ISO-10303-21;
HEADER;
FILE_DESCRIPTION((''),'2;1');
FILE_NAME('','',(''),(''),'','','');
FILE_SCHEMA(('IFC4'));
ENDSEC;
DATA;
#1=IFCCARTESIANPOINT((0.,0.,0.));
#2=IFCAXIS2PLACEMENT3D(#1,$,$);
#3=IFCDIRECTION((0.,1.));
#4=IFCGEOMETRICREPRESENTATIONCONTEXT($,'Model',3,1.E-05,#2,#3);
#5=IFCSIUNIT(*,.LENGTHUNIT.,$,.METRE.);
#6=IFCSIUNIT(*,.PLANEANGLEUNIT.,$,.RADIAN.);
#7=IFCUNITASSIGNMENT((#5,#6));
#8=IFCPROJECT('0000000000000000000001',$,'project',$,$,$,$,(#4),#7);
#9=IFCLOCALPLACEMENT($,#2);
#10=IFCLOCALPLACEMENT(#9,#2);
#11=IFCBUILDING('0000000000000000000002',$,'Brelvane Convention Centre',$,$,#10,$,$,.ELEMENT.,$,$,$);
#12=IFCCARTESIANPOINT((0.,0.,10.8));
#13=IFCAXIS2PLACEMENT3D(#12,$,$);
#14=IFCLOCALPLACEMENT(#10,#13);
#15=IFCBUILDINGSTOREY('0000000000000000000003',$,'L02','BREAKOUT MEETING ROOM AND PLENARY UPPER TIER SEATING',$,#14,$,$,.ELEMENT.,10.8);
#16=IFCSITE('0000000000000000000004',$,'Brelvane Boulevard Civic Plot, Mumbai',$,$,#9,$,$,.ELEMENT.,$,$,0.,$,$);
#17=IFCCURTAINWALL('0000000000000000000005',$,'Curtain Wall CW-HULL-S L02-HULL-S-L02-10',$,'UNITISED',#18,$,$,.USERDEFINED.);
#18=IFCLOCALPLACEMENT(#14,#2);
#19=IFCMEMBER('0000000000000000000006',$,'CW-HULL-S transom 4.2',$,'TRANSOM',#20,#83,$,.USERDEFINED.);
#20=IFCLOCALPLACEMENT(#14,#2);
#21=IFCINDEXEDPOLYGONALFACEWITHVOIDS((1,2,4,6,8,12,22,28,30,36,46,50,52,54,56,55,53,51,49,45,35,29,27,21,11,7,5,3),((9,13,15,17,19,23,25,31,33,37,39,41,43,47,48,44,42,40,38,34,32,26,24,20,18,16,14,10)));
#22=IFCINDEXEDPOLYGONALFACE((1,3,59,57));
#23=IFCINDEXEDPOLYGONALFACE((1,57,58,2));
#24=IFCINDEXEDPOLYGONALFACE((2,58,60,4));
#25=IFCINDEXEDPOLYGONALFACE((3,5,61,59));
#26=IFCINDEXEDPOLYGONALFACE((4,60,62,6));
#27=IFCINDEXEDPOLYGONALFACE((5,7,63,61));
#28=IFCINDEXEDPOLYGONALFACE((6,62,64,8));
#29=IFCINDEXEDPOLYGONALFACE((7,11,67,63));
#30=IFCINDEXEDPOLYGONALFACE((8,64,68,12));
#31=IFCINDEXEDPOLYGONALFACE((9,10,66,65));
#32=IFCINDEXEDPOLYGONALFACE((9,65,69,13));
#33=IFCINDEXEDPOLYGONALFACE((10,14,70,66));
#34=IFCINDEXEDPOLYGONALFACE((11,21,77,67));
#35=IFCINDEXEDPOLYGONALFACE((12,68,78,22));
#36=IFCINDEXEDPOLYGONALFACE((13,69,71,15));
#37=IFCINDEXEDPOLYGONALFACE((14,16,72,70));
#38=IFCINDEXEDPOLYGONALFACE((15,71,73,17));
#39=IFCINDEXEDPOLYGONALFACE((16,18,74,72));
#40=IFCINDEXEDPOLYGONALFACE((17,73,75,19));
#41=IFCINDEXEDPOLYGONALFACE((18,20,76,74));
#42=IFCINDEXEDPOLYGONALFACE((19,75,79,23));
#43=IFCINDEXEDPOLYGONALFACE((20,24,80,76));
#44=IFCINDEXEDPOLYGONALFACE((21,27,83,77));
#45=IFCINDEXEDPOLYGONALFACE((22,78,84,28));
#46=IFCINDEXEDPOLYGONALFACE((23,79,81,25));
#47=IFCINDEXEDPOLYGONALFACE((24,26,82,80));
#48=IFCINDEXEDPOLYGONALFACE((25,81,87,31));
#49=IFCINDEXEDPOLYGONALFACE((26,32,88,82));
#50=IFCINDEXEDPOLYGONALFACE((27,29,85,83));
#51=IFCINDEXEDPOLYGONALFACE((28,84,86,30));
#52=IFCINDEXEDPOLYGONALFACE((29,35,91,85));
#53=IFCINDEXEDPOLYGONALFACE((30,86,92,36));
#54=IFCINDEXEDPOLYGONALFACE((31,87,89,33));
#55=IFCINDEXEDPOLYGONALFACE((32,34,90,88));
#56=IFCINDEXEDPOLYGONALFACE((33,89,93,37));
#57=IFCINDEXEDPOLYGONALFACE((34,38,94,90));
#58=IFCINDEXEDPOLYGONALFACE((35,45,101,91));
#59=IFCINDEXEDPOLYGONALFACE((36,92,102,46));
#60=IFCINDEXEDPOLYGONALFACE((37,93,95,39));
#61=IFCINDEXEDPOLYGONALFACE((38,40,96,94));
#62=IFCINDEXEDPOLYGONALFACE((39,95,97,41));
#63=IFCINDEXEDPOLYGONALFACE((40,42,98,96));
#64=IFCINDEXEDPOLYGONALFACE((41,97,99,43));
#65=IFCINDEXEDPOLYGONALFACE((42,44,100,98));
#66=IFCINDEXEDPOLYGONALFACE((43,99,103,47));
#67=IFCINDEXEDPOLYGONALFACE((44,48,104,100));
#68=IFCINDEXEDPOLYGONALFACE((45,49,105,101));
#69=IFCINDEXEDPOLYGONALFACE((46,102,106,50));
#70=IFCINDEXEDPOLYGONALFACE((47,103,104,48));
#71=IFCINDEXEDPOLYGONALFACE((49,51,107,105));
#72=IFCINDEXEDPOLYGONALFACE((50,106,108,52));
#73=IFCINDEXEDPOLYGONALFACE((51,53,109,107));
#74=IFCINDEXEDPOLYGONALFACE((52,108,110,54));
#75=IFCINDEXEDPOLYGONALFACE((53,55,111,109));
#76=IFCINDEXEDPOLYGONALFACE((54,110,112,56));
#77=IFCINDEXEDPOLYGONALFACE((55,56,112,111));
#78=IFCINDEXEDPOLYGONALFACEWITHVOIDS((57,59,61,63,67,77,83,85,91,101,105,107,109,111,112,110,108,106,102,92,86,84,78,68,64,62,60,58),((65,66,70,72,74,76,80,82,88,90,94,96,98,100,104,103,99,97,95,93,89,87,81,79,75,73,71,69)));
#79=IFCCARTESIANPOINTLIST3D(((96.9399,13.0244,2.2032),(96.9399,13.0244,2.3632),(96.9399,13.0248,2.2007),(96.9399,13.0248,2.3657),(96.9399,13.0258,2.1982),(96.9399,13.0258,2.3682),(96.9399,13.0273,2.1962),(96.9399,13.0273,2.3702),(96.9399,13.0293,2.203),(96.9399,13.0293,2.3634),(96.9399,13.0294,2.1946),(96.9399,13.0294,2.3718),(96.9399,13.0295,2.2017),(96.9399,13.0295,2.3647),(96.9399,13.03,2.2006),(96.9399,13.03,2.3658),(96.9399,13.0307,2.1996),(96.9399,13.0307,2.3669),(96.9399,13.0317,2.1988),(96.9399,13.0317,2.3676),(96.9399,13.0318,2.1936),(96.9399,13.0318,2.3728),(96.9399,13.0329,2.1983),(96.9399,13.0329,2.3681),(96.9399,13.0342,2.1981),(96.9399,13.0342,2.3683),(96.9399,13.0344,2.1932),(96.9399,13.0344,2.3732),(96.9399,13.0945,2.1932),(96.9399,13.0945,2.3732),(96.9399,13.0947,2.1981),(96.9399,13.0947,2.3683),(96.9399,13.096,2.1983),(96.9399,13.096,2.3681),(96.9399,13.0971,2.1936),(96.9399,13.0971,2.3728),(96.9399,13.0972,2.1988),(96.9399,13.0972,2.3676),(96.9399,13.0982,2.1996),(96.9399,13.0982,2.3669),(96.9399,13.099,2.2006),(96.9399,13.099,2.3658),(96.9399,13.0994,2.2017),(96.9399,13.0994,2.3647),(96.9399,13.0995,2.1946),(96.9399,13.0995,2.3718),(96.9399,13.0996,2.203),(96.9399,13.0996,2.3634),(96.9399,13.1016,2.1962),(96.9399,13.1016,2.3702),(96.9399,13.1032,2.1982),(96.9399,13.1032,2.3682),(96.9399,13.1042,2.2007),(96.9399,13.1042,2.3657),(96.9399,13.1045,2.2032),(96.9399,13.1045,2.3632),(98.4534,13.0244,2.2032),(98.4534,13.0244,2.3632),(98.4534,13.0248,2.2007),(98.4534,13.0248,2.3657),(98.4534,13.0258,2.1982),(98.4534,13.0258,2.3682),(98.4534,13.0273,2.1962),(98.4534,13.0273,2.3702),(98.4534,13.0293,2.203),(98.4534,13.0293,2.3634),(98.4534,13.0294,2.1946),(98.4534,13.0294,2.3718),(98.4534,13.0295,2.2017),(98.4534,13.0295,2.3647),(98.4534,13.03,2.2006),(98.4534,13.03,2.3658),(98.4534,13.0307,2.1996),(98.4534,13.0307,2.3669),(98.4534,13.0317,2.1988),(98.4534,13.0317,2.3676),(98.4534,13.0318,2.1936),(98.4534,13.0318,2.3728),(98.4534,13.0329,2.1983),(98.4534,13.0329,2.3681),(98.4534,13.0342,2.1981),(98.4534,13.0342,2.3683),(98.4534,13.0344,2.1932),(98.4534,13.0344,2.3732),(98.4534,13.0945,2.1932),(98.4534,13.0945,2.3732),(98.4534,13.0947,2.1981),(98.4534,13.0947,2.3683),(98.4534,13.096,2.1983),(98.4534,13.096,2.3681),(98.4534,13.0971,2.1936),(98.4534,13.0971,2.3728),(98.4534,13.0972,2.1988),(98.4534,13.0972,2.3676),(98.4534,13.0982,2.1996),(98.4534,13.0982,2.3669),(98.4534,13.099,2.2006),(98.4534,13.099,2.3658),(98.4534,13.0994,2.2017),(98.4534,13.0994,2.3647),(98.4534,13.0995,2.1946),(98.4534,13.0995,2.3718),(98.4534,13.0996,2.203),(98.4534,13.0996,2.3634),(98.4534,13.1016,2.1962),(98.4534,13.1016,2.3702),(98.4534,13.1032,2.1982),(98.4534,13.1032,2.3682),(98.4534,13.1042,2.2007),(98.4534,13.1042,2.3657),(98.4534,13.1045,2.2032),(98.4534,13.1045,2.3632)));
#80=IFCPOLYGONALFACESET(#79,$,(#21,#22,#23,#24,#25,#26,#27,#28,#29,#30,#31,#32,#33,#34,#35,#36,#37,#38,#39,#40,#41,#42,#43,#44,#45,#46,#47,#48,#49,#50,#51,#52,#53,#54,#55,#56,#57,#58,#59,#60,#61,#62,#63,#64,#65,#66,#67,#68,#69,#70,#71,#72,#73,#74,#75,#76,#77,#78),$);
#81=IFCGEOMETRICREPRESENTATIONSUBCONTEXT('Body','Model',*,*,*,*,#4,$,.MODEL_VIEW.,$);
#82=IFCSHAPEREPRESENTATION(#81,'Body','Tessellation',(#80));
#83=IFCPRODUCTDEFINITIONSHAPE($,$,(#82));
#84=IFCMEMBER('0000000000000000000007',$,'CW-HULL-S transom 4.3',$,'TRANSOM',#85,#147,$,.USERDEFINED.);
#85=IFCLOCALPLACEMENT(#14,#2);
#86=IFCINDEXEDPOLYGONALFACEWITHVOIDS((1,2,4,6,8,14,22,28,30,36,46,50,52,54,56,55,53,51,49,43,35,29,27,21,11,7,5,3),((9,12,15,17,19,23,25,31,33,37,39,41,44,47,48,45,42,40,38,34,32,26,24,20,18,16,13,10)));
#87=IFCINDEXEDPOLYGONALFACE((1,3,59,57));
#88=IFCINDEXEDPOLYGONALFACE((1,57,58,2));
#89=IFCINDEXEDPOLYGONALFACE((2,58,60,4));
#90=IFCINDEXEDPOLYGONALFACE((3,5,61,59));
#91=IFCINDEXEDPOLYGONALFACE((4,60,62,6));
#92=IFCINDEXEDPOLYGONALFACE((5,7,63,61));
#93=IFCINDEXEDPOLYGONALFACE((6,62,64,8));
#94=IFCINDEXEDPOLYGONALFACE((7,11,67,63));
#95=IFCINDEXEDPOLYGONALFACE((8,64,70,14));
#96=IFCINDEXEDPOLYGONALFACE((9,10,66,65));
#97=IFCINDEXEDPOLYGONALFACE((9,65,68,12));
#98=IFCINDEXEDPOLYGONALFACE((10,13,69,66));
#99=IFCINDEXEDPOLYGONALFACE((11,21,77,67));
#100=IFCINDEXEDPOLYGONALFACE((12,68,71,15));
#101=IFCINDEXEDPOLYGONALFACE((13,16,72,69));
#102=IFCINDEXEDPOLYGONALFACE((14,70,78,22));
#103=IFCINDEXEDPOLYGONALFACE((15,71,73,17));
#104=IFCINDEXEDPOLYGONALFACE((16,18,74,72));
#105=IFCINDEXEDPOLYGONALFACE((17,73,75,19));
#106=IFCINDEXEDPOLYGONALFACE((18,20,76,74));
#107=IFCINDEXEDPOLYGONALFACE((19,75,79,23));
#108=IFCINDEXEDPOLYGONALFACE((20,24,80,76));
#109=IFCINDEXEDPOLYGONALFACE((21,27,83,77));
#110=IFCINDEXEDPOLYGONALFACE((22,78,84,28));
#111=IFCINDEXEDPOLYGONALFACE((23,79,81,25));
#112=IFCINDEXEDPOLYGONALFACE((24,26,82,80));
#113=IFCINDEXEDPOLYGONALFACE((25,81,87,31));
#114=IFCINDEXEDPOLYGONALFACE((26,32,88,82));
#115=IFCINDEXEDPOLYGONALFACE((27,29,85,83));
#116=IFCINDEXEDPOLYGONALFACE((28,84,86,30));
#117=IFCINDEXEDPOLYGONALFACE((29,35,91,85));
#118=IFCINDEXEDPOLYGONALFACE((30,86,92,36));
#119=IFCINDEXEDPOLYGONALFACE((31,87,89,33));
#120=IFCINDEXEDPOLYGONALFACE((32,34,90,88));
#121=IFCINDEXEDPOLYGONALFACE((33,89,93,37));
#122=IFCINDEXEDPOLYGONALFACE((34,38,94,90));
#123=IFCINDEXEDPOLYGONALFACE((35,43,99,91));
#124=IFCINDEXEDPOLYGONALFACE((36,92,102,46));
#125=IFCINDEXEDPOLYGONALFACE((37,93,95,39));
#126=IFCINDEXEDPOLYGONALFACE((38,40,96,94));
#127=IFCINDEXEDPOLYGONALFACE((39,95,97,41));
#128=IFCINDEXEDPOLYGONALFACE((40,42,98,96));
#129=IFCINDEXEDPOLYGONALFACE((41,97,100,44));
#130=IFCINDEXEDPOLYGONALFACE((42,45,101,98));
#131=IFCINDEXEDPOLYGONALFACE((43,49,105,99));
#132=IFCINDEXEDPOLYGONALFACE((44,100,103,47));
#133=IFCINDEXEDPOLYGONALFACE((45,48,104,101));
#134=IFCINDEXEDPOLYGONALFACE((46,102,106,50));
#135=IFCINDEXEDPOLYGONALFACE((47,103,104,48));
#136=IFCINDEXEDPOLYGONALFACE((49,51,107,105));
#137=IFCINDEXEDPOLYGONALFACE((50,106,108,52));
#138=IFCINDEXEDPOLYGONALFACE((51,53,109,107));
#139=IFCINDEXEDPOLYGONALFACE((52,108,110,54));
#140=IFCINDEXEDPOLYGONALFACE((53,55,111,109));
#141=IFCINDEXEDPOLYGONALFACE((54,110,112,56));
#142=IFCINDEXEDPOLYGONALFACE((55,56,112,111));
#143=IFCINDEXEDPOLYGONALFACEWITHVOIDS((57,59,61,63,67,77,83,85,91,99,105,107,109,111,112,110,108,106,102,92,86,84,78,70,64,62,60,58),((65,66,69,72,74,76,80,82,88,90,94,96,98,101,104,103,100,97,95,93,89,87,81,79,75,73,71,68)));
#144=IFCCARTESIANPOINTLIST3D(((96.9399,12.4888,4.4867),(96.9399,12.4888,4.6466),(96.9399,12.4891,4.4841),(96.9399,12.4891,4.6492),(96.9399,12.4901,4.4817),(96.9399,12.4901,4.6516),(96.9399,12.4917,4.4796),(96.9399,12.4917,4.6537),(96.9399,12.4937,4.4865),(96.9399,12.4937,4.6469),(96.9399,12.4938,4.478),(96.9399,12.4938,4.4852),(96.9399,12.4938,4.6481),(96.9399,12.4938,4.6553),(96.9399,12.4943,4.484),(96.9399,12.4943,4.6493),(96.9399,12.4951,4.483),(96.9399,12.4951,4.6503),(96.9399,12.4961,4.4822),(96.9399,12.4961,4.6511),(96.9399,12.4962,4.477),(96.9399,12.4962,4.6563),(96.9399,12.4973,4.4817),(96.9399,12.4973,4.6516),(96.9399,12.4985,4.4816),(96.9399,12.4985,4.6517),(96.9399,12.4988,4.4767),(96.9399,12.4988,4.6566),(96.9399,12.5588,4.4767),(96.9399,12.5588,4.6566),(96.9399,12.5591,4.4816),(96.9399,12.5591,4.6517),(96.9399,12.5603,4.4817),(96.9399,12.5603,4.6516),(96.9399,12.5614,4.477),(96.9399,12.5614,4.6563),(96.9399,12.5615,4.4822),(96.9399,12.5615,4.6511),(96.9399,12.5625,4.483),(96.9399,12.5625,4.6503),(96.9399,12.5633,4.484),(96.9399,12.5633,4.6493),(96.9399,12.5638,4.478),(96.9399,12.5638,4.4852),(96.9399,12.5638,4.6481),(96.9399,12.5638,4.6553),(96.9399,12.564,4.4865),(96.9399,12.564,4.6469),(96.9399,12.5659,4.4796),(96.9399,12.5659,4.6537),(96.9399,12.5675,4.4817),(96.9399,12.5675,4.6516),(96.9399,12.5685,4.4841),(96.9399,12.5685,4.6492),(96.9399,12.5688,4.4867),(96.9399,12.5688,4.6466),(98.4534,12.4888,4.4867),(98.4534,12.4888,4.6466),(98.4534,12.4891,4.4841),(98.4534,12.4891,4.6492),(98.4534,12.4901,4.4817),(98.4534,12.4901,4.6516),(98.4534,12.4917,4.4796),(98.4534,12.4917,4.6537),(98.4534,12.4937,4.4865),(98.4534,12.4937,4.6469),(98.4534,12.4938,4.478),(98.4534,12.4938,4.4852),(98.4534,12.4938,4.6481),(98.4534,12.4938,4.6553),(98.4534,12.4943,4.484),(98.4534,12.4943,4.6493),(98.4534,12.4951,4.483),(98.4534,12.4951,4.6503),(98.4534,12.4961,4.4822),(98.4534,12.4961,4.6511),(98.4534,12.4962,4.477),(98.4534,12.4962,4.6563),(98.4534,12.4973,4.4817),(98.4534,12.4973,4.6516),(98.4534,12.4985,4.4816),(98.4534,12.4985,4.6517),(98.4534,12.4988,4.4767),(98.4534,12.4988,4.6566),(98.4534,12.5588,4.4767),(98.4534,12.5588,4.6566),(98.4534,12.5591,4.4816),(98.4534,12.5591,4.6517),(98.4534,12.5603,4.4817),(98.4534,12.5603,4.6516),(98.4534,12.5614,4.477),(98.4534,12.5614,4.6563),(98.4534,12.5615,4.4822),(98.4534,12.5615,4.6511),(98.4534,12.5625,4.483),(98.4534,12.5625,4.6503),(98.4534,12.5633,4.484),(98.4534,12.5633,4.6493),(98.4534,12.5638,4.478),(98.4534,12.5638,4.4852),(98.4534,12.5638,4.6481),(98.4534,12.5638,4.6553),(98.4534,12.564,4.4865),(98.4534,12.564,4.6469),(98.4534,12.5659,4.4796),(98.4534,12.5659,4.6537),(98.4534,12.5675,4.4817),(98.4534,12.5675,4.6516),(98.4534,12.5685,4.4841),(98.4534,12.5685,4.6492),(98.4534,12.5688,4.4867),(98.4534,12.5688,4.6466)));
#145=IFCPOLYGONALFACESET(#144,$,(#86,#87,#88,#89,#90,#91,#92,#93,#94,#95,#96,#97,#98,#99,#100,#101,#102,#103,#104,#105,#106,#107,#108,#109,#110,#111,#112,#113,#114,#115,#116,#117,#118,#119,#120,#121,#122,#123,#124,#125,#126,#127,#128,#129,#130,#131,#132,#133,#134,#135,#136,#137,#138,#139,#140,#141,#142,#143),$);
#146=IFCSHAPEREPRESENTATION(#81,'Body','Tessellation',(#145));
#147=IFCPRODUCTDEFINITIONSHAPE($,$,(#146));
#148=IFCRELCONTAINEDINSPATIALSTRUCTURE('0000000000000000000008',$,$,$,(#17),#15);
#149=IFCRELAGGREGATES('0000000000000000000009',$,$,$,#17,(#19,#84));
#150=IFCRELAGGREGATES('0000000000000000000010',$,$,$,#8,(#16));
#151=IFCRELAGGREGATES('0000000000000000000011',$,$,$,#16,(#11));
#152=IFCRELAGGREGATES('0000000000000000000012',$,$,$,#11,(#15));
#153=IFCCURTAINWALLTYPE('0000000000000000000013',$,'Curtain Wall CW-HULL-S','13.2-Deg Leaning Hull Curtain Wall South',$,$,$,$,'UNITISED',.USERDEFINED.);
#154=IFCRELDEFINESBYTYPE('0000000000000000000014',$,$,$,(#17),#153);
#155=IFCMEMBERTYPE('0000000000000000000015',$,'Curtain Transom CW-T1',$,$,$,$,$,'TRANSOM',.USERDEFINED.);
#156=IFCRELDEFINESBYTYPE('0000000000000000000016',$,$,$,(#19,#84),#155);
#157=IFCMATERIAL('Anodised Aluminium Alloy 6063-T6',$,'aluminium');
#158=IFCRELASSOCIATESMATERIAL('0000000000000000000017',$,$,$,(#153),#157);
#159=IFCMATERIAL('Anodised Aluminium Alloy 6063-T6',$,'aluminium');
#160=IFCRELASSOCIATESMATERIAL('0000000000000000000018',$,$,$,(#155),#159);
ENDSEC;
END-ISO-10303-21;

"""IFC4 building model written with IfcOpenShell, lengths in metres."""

from ifc_helpers import new_model, si_unit, direction, frame, origin, origin_2d, place, context, subcontext, project, spatial, hollow_rectangle, extrude, material, material_profile, profile_set, type_object, element, aggregate, save


model = new_model("IFC4")

# Units and contexts
model_context = context("Model", 3, precision=1e-05, world=origin(), true_north=direction((0.0, 1.0)))
body_context = subcontext(model_context, "Body", "Model", "MODEL_VIEW")
ifc_project = project(units=[si_unit("LENGTHUNIT", "METRE"), si_unit("PLANEANGLEUNIT", "RADIAN")], contexts=[model_context])

# Site, building, storey
site_placement = place(None, origin())
site = spatial("IfcSite", under=ifc_project, at=site_placement, Name="Brelvane Boulevard Civic Plot, Mumbai", CompositionType="ELEMENT", RefElevation=0.0)
building_placement = place(site_placement, origin())
building = spatial("IfcBuilding", under=site, at=building_placement, Name="Brelvane Convention Centre", CompositionType="ELEMENT")
storey_placement = place(building_placement, frame((0.0, 0.0, 10.8)))
storey = spatial("IfcBuildingStorey", under=building, at=storey_placement, Name="L02", Description="BREAKOUT MEETING ROOM AND PLENARY UPPER TIER SEATING", CompositionType="ELEMENT", Elevation=10.8)

# Curtain wall, members
ifc_material_1 = material(Name="Anodised Aluminium Alloy 6063-T6", Category="aluminium")
curtain_wall_type = type_object("IfcCurtainWallType", Name="Curtain Wall CW-HULL-S", Description="13.2-Deg Leaning Hull Curtain Wall South", ElementType="UNITISED", PredefinedType="USERDEFINED", material=ifc_material_1)
curtain_wall_1_placement = place(storey_placement, origin())
curtain_wall_1 = element("IfcCurtainWall", 1, at=curtain_wall_1_placement, inside=storey, type_object=curtain_wall_type, Name="Curtain Wall CW-HULL-S L02-HULL-S-L02-10", ObjectType="UNITISED", PredefinedType="USERDEFINED")
ifc_material_2 = material(Name="Anodised Aluminium Alloy 6063-T6", Category="aluminium")
ifc_material_profile = material_profile(ifc_material_2, hollow_rectangle(XDim=0.0801, YDim=0.1799, WallThickness=0.0049, InnerFilletRadius=0.0049, OuterFilletRadius=0.01, at=origin_2d()), Name="ALU-T 180x80x5.0")
ifc_profile_set = profile_set([ifc_material_profile], Name="Anodised Aluminium Alloy 6063-T6")
member_type = type_object("IfcMemberType", Name="Curtain Transom CW-T1", ElementType="TRANSOM", PredefinedType="USERDEFINED", material=ifc_profile_set)
member_1_placement = place(storey_placement, frame((96.9399, 13.0645, 2.2832), z_axis=(1.0, 0.0, 0.0), x_axis=(0.0, 1.0, 0.0)))
member_1 = element("IfcMember", 2, at=member_1_placement, type_object=member_type, Name="CW-HULL-S transom 4.2", ObjectType="TRANSOM", PredefinedType="USERDEFINED", context=body_context, shape_type="SweptSolid", body=[
    extrude(hollow_rectangle(XDim=0.0801, YDim=0.1799, WallThickness=0.0049, InnerFilletRadius=0.0049, OuterFilletRadius=0.01, at=origin_2d()), origin(), (0.0, 0.0, 1.0), 1.5134),
])
member_2_placement = place(storey_placement, frame((96.9399, 12.5288, 4.5667), z_axis=(1.0, 0.0, 0.0), x_axis=(0.0, 1.0, 0.0)))
member_2 = element("IfcMember", 3, at=member_2_placement, type_object=member_type, Name="CW-HULL-S transom 4.3", ObjectType="TRANSOM", PredefinedType="USERDEFINED", context=body_context, shape_type="SweptSolid", body=[
    extrude(hollow_rectangle(XDim=0.0801, YDim=0.1799, WallThickness=0.0049, InnerFilletRadius=0.0049, OuterFilletRadius=0.01, at=origin_2d()), origin(), (0.0, 0.0, 1.0), 1.5134),
])

aggregate(curtain_wall_1, [member_1, member_2])

save(model, "model.ifc")
